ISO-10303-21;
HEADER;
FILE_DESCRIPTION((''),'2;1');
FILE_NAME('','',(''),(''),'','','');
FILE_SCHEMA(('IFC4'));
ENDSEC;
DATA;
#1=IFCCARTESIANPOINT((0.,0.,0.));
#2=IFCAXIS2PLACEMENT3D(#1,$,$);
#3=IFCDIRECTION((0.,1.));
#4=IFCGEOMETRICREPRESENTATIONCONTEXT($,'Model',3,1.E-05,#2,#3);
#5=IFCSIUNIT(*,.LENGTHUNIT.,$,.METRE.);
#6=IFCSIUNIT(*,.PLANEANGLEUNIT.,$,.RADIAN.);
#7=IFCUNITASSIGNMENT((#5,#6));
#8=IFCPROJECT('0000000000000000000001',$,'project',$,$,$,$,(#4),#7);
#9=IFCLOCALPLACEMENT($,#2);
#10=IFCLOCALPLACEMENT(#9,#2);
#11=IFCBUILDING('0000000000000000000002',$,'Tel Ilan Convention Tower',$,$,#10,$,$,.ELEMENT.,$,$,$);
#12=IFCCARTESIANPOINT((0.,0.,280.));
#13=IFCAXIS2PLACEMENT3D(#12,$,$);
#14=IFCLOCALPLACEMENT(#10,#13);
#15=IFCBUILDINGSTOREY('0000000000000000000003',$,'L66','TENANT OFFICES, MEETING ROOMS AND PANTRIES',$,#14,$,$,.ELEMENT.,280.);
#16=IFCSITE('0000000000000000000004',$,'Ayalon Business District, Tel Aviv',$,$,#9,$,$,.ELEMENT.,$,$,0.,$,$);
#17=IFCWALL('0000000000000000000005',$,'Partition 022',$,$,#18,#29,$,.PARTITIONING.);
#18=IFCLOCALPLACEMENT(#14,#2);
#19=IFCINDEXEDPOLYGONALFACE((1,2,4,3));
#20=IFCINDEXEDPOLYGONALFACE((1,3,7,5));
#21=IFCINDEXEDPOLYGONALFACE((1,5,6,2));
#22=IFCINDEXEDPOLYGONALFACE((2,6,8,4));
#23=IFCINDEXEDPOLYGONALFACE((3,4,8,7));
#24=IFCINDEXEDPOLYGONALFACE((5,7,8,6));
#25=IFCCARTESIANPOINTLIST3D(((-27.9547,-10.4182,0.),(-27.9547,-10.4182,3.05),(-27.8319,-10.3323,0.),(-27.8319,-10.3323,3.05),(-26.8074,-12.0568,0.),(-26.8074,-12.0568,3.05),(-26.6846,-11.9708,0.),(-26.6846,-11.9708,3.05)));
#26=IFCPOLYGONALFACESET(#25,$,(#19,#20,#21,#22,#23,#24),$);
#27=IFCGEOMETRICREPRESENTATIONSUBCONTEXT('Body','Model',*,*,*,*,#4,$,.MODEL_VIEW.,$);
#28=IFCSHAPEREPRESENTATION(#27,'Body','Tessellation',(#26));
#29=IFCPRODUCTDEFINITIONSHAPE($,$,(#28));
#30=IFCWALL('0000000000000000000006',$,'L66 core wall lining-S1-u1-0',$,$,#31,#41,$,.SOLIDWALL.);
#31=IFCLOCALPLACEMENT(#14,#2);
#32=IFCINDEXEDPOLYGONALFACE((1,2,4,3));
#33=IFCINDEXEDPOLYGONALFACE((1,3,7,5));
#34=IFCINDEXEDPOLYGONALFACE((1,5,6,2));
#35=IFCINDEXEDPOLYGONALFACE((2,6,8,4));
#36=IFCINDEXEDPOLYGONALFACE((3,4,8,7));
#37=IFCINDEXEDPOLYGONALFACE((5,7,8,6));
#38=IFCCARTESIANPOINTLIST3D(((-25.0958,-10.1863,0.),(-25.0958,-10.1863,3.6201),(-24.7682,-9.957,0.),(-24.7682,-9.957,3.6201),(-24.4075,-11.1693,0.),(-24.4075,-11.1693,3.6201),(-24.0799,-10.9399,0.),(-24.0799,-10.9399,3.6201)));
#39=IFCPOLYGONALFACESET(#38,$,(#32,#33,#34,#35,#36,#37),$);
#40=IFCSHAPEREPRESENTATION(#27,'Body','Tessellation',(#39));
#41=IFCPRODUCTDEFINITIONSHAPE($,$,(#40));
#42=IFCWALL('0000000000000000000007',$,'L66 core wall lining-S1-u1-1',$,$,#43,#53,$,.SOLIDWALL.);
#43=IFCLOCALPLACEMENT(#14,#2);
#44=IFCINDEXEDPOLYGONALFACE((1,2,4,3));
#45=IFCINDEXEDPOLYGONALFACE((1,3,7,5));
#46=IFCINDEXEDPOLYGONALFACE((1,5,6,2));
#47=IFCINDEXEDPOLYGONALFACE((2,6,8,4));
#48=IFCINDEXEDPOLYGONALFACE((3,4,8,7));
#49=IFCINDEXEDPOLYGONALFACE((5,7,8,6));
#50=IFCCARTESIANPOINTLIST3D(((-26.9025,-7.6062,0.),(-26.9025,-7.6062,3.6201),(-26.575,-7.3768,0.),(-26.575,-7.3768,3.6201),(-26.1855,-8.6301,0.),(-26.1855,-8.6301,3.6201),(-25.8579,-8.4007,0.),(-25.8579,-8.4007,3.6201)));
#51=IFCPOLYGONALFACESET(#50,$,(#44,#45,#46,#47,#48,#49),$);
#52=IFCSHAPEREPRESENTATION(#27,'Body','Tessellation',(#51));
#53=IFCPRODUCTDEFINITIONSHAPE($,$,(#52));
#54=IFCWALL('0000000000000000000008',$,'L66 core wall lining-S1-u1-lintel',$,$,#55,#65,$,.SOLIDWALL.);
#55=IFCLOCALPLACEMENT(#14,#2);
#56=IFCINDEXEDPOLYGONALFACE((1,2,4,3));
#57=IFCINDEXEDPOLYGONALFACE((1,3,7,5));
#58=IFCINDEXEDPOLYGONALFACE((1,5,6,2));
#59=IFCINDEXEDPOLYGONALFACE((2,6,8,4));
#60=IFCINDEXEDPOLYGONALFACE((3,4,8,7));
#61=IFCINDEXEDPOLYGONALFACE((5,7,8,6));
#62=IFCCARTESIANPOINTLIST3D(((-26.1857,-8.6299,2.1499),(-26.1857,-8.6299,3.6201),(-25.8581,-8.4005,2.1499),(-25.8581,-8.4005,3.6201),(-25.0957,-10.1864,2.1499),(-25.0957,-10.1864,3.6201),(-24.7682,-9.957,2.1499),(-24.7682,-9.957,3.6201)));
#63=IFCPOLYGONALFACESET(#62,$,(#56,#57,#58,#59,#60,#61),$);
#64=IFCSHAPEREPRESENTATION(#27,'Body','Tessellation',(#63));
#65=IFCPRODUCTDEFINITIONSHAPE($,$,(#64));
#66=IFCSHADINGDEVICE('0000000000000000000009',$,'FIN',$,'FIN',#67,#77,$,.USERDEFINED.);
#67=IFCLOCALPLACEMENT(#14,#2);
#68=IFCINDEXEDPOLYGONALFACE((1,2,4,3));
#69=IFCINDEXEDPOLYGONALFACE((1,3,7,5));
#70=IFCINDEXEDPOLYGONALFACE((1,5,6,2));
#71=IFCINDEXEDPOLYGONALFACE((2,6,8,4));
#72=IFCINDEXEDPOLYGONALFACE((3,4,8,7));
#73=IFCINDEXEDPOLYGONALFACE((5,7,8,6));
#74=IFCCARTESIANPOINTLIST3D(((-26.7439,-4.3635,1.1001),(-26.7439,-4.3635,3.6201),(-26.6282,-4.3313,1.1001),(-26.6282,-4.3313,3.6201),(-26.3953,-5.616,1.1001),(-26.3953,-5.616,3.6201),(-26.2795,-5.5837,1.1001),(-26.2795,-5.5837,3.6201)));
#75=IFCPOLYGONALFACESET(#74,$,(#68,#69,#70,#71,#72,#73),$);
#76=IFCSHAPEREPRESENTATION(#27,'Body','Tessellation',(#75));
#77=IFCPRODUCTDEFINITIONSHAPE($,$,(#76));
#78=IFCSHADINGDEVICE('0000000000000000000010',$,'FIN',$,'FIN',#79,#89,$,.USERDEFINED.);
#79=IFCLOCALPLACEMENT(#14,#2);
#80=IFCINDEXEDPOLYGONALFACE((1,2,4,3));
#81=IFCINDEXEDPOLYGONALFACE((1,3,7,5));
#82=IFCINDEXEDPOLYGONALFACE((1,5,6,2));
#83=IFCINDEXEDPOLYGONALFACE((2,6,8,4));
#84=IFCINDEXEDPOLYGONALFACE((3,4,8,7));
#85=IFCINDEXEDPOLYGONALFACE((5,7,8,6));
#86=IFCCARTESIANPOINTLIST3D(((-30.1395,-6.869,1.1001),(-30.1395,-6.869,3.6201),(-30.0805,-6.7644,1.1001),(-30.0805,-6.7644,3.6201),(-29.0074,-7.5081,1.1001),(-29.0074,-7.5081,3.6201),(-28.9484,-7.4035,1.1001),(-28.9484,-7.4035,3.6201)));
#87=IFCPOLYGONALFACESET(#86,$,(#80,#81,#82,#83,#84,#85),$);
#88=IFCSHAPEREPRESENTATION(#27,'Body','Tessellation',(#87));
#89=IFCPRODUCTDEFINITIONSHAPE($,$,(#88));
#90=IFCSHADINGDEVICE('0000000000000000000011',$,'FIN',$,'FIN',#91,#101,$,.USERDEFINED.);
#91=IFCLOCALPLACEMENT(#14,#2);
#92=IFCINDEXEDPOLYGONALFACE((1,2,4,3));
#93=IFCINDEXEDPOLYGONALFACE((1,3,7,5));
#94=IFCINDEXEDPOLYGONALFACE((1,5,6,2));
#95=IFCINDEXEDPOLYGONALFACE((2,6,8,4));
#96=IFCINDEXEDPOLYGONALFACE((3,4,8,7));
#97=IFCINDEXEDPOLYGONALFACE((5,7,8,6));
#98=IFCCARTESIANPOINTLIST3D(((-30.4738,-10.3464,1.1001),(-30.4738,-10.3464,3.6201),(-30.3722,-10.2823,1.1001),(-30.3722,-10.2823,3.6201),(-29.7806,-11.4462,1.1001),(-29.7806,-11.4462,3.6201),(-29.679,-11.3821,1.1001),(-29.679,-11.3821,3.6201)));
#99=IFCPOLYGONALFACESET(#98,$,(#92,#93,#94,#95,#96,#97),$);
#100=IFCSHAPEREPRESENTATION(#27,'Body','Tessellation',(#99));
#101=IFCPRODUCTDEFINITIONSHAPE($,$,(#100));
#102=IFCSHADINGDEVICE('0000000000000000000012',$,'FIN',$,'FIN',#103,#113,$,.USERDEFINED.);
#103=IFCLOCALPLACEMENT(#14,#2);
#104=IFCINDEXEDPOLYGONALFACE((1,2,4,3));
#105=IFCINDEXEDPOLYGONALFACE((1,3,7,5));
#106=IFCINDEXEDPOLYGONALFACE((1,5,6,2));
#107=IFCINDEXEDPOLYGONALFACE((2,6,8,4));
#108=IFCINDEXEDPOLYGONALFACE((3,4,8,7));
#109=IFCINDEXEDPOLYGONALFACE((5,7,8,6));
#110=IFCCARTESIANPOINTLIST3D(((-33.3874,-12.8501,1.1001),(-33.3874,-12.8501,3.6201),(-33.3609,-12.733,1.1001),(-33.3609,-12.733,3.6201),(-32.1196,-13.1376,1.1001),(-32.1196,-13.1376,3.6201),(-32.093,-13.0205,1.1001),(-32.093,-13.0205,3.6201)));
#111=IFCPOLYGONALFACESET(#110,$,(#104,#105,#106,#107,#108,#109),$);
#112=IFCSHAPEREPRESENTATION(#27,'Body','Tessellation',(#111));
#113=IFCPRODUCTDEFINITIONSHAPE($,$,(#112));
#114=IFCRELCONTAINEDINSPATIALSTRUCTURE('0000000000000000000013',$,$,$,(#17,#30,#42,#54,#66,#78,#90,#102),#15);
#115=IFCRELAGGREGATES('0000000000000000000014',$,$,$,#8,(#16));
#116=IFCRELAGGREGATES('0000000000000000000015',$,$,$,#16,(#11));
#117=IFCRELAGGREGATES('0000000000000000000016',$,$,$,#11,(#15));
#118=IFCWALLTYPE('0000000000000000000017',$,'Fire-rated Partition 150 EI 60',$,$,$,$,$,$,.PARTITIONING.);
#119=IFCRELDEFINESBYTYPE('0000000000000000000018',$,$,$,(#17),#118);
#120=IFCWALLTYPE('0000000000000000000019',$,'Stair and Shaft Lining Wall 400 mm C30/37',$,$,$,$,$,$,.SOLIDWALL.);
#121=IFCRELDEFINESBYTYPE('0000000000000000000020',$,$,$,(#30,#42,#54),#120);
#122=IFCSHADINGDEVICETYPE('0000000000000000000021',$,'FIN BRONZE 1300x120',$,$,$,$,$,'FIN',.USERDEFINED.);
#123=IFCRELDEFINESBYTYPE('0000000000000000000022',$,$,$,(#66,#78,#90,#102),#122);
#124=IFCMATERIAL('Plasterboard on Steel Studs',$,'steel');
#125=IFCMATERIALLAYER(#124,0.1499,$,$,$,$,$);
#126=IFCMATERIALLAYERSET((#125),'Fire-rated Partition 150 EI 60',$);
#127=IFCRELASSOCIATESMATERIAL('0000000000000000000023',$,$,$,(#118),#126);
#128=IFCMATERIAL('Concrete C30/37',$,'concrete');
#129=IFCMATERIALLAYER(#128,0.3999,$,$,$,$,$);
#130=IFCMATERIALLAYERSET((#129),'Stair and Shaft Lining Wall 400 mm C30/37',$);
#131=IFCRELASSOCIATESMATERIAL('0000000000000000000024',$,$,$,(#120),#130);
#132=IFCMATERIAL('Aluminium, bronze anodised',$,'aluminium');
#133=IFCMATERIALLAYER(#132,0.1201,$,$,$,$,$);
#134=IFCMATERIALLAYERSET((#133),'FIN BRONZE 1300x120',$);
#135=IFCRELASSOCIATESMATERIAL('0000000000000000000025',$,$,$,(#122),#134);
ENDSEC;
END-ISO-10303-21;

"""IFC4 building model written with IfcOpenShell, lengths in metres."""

from ifc_helpers import new_model, si_unit, direction, frame, frame_2d, origin, origin_2d, place, context, subcontext, project, spatial, rectangle, extrude, material, layer, layer_set, type_object, element, save


model = new_model("IFC4")

# Units and contexts
model_context = context("Model", 3, precision=1e-05, world=origin(), true_north=direction((0.0, 1.0)))
body_context = subcontext(model_context, "Body", "Model", "MODEL_VIEW")
ifc_project = project(units=[si_unit("LENGTHUNIT", "METRE"), si_unit("PLANEANGLEUNIT", "RADIAN")], contexts=[model_context])

# Site, building, storey
site_placement = place(None, origin())
site = spatial("IfcSite", under=ifc_project, at=site_placement, Name="Ayalon Business District, Tel Aviv", CompositionType="ELEMENT", RefElevation=0.0)
building_placement = place(site_placement, origin())
building = spatial("IfcBuilding", under=site, at=building_placement, Name="Tel Ilan Convention Tower", CompositionType="ELEMENT")
storey_placement = place(building_placement, frame((0.0, 0.0, 280.0)))
storey = spatial("IfcBuildingStorey", under=building, at=storey_placement, Name="L66", Description="TENANT OFFICES, MEETING ROOMS AND PANTRIES", CompositionType="ELEMENT", Elevation=280.0)

# Walls
ifc_material_1 = material(Name="Plasterboard on Steel Studs", Category="steel")
ifc_layer_1 = layer(ifc_material_1, 0.1499)
ifc_layer_set_1 = layer_set([ifc_layer_1], Name="Fire-rated Partition 150 EI 60")
wall_type_1 = type_object("IfcWallType", Name="Fire-rated Partition 150 EI 60", PredefinedType="PARTITIONING", material=ifc_layer_set_1)
wall_1_placement = place(storey_placement, frame((-26.7461, -12.0137, 0.0), z_axis=(0.0, 0.0, 1.0), x_axis=(-0.573569, 0.819157, 0.0)))
element("IfcWall", 1, at=wall_1_placement, inside=storey, type_object=wall_type_1, Name="Partition 022", PredefinedType="PARTITIONING", context=body_context, shape_type="SweptSolid", body=[
    extrude(rectangle(XDim=2.0002, YDim=0.1499, at=frame_2d((1.0, 0.0))), origin(), (0.0, 0.0, 1.0), 3.05),
])
ifc_material_2 = material(Name="Concrete C30/37", Category="concrete")
ifc_layer_2 = layer(ifc_material_2, 0.3999)
ifc_layer_set_2 = layer_set([ifc_layer_2], Name="Stair and Shaft Lining Wall 400 mm C30/37")
wall_type_2 = type_object("IfcWallType", Name="Stair and Shaft Lining Wall 400 mm C30/37", PredefinedType="SOLIDWALL", material=ifc_layer_set_2)
wall_2_placement = place(storey_placement, frame((-24.2437, -11.0547, 0.0), z_axis=(0.0, 0.0, 1.0), x_axis=(-0.573572, 0.819155, 0.0)))
element("IfcWall", 2, at=wall_2_placement, inside=storey, type_object=wall_type_2, Name="L66 core wall lining-S1-u1-0", PredefinedType="SOLIDWALL", context=body_context, shape_type="SweptSolid", body=[
    extrude(rectangle(XDim=1.2, YDim=0.3999, at=frame_2d((0.6001, 0.0))), origin(), (0.0, 0.0, 1.0), 3.6201),
])
wall_3_placement = place(storey_placement, frame((-26.0217, -8.5154, 0.0), z_axis=(0.0, 0.0, 1.0), x_axis=(-0.57362, 0.819122, 0.0)))
element("IfcWall", 3, at=wall_3_placement, inside=storey, type_object=wall_type_2, Name="L66 core wall lining-S1-u1-1", PredefinedType="SOLIDWALL", context=body_context, shape_type="SweptSolid", body=[
    extrude(rectangle(XDim=1.25, YDim=0.3999, at=frame_2d((0.625, 0.0))), origin(), (0.0, 0.0, 1.0), 3.6201),
])
wall_4_placement = place(storey_placement, frame((-24.9319, -10.0718, 2.1499), z_axis=(0.0, 0.0, 1.0), x_axis=(-0.573592, 0.819141, 0.0)))
element("IfcWall", 4, at=wall_4_placement, inside=storey, type_object=wall_type_2, Name="L66 core wall lining-S1-u1-lintel", PredefinedType="SOLIDWALL", context=body_context, shape_type="SweptSolid", body=[
    extrude(rectangle(XDim=1.9001, YDim=0.3999, at=frame_2d((0.9502, 0.0))), origin(), (0.0, 0.0, 1.0), 1.4702),
])

# Shading devices
ifc_material_3 = material(Name="Aluminium, bronze anodised", Category="aluminium")
ifc_layer_3 = layer(ifc_material_3, 0.1201)
ifc_layer_set_3 = layer_set([ifc_layer_3], Name="FIN BRONZE 1300x120")
shading_device_type = type_object("IfcShadingDeviceType", Name="FIN BRONZE 1300x120", ElementType="FIN", PredefinedType="USERDEFINED", material=ifc_layer_set_3)
for number, where, z_axis, x_axis, name in (
    (5, (-26.5117, -4.9736, 1.1001), (0.0, 0.0, 1.0), (-0.268173, 0.963371, 0.0), "FIN"),
    (6, (-29.5439, -7.1362, 1.1001), (0.0, 0.0, 1.0), (-0.870833, 0.491579, 0.0), "FIN"),
    (7, (-30.0764, -10.8643, 1.1001), (0.0, 0.0, 1.0), (-0.533204, 0.845986, 0.0), "FIN"),
    (8, (-32.7402, -12.9353, 1.1001), (0.0, 0.0, 1.0), (-0.975235, 0.22117, 0.0), "FIN"),
):
    element("IfcShadingDevice", number, at=place(storey_placement, frame(where, z_axis=z_axis, x_axis=x_axis)), inside=storey, type_object=shading_device_type, Name=name, ObjectType="FIN", PredefinedType="USERDEFINED", context=body_context, shape_type="SweptSolid", body=[
        extrude(rectangle(XDim=1.3, YDim=0.1201, at=origin_2d()), origin(), (0.0, 0.0, 1.0), 2.52),
    ])

save(model, "model.ifc")
